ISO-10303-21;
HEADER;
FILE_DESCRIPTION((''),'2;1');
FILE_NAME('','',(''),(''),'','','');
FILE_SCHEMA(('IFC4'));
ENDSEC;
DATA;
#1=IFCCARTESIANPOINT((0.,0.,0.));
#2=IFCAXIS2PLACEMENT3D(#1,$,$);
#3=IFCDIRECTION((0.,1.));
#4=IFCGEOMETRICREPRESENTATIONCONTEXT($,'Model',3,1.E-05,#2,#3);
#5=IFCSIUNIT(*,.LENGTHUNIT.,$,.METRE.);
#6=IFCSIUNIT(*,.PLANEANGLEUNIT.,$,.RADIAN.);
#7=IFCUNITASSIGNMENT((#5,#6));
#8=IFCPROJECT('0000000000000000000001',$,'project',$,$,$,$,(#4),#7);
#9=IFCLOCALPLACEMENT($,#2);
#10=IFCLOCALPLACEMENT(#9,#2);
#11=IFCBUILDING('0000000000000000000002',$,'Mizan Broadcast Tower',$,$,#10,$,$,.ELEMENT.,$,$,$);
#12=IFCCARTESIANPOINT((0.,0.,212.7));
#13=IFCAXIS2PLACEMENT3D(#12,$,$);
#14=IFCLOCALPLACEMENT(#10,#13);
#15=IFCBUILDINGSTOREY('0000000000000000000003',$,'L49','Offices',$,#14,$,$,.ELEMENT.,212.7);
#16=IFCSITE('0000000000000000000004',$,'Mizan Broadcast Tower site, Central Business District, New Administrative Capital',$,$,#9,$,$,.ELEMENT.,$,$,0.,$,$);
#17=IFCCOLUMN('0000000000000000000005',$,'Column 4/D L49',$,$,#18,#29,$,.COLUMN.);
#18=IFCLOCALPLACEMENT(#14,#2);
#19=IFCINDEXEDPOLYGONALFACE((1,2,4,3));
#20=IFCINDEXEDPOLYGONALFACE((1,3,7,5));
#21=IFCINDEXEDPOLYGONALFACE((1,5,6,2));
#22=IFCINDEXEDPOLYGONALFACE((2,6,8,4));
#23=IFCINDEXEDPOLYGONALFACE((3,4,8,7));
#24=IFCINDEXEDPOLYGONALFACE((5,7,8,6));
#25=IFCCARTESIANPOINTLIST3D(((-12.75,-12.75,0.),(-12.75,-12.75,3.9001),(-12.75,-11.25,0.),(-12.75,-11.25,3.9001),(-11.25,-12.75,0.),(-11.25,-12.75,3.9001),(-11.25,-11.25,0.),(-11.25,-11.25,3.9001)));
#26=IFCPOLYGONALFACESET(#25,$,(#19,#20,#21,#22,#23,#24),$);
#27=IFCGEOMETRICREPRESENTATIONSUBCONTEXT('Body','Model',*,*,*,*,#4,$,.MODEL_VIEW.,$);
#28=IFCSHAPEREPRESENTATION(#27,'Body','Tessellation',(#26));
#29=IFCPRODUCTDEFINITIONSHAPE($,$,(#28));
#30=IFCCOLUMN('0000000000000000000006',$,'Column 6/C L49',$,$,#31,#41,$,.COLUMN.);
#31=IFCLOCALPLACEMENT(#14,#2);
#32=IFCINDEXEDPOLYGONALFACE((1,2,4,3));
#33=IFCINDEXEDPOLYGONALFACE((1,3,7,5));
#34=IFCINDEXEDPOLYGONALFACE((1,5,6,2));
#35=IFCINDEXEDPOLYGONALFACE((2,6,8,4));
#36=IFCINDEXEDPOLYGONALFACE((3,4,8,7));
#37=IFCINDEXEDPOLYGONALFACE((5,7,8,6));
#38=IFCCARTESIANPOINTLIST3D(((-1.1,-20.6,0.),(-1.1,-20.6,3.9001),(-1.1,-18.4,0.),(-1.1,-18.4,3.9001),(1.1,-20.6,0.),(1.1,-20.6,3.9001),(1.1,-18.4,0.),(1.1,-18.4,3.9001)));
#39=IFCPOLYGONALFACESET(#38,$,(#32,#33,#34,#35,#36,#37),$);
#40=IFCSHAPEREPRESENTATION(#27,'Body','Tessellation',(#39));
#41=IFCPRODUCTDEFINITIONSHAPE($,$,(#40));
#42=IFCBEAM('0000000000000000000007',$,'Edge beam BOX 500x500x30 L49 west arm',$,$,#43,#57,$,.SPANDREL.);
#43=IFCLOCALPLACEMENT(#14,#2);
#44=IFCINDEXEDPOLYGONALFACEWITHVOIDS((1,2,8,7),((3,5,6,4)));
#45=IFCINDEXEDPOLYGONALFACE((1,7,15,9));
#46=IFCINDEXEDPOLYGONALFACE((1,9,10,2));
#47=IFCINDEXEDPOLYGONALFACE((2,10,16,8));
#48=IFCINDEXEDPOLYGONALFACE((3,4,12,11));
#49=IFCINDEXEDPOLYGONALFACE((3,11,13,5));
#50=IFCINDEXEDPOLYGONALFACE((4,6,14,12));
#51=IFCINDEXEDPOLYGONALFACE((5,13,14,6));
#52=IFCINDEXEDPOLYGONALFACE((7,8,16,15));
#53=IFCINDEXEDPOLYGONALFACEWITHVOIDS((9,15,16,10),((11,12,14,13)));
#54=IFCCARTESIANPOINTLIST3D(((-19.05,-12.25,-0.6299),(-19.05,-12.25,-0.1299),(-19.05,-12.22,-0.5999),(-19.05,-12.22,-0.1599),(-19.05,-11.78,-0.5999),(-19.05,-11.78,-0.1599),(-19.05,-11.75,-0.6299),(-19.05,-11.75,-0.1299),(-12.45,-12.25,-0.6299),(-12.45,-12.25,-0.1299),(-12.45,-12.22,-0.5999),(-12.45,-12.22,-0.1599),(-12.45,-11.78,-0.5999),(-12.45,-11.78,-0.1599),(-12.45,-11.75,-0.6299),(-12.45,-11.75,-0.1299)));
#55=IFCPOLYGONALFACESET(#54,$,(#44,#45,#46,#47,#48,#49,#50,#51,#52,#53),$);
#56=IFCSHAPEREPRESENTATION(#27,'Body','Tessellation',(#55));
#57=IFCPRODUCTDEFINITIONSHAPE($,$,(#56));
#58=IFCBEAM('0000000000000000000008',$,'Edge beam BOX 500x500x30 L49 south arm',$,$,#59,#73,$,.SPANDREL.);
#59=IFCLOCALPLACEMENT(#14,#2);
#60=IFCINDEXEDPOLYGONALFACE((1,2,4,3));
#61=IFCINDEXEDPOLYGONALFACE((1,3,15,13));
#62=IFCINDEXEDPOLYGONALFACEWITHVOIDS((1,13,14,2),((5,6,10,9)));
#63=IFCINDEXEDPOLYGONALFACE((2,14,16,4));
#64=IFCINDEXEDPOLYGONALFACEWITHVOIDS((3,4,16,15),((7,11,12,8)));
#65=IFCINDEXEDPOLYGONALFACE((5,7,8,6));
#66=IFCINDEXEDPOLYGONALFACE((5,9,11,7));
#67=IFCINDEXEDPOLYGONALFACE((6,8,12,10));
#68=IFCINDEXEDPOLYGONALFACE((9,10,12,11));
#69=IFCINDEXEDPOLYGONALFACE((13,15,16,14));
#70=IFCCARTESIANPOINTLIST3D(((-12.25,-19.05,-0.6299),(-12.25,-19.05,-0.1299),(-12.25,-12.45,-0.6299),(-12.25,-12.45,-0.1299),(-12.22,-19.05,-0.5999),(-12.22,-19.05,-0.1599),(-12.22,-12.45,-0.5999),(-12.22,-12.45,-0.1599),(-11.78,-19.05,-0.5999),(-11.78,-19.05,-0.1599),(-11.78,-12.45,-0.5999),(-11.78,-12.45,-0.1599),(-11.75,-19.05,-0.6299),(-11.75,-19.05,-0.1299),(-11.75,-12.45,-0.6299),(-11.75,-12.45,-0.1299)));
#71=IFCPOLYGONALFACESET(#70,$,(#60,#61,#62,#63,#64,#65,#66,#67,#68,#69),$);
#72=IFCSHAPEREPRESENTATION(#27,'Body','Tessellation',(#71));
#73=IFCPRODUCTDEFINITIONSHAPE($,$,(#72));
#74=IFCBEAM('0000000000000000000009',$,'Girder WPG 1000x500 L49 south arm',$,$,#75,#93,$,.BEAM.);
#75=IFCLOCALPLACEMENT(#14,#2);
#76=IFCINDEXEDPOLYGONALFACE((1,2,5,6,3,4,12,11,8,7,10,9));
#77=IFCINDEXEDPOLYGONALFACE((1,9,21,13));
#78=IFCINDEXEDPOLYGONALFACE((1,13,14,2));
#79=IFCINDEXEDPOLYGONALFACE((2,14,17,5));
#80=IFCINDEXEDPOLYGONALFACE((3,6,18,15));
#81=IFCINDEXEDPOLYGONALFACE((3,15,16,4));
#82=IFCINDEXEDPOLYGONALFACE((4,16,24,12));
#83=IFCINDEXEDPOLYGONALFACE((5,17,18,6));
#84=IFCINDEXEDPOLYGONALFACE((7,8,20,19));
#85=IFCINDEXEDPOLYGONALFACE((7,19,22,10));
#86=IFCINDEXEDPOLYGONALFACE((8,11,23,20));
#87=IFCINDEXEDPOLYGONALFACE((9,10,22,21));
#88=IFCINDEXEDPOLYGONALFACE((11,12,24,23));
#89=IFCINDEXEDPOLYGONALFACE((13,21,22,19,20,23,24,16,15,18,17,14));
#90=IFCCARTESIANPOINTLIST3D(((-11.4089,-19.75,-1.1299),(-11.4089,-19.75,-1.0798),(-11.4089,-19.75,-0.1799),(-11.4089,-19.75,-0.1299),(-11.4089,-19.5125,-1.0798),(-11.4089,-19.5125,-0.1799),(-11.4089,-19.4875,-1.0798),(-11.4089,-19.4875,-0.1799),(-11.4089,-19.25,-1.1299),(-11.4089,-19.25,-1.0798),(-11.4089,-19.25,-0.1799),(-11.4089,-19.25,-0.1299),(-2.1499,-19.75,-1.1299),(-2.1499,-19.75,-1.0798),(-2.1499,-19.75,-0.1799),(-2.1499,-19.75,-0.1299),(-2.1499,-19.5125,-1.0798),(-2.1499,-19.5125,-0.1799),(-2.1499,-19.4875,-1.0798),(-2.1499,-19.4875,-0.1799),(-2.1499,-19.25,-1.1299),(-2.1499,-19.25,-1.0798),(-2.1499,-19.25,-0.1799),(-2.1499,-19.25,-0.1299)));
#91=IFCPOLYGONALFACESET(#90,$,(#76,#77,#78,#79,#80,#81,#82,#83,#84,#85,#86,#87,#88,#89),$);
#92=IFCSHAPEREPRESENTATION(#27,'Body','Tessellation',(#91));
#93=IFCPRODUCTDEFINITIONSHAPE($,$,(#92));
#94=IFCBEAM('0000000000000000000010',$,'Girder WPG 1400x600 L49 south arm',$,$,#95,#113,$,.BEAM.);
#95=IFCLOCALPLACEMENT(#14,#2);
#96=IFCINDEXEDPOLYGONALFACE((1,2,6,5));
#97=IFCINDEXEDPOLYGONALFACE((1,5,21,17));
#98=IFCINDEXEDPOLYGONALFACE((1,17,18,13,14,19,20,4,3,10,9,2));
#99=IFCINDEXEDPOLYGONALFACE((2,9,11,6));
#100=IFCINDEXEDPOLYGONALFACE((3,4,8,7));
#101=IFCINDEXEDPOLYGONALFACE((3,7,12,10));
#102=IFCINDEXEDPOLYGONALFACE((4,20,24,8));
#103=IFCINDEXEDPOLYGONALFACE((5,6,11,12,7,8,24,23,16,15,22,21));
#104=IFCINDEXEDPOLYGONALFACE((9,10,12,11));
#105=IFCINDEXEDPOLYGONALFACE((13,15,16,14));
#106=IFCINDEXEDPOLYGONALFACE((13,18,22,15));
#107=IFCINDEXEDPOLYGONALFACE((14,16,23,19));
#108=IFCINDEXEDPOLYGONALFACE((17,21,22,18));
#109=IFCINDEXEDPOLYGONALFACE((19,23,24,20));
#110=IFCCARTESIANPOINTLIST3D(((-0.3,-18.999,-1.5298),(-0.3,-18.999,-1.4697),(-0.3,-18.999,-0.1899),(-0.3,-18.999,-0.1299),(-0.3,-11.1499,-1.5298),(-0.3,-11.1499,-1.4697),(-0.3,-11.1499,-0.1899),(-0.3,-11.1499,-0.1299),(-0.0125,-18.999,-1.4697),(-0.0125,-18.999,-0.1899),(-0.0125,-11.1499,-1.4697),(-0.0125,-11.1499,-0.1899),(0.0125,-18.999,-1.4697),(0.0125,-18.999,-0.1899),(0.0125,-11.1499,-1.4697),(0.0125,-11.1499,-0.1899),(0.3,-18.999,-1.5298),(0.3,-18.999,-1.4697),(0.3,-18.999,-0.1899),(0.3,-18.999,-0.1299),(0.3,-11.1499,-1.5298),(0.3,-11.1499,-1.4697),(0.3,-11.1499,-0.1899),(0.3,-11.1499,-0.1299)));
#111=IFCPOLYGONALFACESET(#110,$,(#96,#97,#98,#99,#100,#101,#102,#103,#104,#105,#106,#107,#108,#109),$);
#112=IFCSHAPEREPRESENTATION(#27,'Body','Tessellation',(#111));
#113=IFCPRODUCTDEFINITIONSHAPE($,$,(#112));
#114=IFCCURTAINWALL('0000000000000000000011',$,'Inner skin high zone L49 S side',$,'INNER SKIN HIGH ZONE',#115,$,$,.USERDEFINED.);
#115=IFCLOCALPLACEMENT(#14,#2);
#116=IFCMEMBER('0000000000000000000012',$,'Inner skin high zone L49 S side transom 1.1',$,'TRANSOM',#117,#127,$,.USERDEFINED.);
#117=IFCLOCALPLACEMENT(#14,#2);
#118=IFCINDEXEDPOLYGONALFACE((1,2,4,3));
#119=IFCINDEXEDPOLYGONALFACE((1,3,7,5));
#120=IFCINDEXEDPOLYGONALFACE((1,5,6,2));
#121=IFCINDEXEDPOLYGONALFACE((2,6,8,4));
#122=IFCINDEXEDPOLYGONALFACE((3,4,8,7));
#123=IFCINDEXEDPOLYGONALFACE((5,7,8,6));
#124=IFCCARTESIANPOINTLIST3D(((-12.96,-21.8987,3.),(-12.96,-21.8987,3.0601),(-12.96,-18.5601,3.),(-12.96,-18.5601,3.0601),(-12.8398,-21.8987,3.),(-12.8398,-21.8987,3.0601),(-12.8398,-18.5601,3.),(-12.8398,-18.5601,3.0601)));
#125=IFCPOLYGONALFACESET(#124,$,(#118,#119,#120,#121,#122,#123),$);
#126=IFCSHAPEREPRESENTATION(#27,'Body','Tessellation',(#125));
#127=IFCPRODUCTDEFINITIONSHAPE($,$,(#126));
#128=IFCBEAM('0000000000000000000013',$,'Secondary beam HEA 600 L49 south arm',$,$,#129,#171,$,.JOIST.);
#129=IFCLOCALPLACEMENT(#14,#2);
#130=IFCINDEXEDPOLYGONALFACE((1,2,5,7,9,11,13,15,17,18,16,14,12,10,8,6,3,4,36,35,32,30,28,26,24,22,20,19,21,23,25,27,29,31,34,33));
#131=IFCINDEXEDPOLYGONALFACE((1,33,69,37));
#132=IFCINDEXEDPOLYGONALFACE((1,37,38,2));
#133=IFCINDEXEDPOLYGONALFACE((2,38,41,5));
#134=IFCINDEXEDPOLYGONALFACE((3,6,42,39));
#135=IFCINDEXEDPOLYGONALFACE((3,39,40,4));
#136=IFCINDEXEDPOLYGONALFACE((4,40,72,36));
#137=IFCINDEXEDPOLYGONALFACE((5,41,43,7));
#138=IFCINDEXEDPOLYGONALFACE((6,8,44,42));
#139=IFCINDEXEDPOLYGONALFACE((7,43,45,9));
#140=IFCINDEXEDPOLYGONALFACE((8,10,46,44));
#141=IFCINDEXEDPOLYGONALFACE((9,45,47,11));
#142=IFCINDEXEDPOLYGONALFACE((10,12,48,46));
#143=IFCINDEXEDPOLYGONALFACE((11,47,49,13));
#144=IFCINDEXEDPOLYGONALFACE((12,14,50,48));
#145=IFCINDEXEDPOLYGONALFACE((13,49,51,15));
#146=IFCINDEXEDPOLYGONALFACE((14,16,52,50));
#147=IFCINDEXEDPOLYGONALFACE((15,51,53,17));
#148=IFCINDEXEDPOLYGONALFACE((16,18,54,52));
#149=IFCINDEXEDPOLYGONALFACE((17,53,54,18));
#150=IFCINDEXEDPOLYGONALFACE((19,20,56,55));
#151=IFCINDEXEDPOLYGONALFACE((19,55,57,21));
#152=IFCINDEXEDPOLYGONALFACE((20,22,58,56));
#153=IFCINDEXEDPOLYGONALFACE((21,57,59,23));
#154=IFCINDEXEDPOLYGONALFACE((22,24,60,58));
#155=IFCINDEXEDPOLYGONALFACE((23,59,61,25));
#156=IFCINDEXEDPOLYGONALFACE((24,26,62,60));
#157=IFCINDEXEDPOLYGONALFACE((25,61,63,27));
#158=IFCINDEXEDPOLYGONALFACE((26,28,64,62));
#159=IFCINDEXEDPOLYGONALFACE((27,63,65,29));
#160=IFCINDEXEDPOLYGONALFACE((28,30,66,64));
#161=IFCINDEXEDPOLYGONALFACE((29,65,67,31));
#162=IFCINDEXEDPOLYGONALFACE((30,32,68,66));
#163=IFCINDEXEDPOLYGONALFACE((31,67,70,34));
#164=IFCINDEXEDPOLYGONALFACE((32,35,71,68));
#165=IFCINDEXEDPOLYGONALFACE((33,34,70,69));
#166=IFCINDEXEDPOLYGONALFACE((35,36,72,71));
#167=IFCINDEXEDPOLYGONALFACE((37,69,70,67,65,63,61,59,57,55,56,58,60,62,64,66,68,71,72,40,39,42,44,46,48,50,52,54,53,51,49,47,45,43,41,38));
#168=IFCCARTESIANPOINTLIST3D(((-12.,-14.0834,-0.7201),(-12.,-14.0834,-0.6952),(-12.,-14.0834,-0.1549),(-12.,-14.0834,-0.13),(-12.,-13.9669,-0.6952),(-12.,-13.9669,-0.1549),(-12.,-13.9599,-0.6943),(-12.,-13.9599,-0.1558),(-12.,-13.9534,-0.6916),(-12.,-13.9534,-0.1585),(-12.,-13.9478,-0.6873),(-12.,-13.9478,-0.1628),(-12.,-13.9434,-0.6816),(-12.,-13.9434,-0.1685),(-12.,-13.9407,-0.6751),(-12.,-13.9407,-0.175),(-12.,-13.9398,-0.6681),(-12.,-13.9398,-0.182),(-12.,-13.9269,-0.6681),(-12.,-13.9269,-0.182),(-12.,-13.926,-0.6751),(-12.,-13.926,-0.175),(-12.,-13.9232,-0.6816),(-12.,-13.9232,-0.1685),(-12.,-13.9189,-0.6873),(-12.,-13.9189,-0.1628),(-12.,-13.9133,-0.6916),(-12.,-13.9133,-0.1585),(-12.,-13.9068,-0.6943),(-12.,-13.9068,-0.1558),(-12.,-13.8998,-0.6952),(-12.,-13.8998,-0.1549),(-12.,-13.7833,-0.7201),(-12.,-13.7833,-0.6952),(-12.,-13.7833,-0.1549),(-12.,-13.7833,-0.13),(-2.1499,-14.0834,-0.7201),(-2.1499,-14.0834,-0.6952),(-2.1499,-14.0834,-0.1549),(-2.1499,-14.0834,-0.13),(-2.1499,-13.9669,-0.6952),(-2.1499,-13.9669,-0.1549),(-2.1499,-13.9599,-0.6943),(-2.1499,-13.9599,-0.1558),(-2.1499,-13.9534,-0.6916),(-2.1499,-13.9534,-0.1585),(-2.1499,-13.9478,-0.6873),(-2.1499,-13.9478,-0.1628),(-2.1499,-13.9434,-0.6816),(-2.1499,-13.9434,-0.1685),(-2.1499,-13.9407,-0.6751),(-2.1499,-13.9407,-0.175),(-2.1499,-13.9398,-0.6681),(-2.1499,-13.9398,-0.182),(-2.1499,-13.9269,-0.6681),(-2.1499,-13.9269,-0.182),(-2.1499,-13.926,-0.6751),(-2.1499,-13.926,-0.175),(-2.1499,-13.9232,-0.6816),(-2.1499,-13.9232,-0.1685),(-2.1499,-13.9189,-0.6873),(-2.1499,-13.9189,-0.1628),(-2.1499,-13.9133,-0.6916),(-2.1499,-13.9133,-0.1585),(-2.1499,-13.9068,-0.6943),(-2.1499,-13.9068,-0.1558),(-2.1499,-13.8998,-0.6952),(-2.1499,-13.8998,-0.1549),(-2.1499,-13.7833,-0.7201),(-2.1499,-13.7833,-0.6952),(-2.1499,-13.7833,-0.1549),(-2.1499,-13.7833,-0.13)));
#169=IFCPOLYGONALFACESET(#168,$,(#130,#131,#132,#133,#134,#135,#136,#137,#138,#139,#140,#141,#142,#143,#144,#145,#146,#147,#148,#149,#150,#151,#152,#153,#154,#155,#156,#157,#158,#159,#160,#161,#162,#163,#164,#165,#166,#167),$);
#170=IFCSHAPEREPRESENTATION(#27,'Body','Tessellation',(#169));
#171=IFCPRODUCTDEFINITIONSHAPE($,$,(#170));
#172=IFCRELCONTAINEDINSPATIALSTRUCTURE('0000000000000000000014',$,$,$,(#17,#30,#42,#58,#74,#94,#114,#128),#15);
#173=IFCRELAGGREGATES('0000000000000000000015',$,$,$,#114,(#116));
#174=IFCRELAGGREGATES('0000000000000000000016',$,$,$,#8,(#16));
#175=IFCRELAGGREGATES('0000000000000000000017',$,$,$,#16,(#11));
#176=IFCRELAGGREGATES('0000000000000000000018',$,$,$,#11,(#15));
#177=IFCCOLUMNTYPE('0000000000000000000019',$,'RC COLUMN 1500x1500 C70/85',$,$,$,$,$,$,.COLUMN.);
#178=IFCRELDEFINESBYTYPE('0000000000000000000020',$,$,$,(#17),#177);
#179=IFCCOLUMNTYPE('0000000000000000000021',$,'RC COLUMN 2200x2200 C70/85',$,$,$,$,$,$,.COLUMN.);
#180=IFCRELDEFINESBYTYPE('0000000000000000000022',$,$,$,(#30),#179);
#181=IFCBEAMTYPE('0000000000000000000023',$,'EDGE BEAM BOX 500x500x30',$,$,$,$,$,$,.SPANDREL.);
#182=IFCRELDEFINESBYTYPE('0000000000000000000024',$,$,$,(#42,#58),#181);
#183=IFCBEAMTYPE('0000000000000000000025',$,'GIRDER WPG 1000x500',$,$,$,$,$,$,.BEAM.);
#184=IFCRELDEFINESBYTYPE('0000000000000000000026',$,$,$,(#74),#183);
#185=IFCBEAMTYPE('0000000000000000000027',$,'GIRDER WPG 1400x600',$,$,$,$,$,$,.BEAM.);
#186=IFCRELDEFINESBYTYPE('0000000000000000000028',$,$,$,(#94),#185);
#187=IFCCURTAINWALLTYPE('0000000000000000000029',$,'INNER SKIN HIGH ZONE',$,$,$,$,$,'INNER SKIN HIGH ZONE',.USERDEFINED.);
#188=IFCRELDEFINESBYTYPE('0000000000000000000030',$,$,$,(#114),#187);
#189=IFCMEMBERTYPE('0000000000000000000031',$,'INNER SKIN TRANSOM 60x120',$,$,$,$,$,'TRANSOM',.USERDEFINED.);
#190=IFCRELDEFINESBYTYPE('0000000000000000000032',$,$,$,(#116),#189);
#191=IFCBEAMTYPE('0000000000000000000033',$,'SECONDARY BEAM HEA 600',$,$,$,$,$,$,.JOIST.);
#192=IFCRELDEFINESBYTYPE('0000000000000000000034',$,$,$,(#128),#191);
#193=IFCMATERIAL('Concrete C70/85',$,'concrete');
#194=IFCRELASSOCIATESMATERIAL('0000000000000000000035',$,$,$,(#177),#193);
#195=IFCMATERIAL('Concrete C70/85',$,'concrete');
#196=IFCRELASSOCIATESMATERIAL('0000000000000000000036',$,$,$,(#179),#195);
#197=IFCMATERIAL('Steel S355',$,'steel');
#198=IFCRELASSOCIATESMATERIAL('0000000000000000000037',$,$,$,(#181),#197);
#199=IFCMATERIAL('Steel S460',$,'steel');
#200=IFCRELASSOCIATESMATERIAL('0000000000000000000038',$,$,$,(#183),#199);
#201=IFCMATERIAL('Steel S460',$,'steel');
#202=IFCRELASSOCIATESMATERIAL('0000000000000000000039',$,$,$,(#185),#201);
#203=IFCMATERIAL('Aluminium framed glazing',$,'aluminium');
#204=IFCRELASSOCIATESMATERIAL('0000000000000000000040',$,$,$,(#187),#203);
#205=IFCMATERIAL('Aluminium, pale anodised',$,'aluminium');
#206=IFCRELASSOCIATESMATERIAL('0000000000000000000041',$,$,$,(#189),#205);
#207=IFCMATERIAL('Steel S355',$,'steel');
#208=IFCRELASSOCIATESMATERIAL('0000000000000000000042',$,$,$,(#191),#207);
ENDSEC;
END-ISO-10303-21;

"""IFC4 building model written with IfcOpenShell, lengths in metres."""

from ifc_helpers import new_model, si_unit, direction, frame, origin, origin_2d, place, context, subcontext, project, spatial, rectangle, hollow_rectangle, i_section, extrude, material, material_profile, profile_set, type_object, element, aggregate, save


model = new_model("IFC4")

# Units and contexts
model_context = context("Model", 3, precision=1e-05, world=origin(), true_north=direction((0.0, 1.0)))
body_context = subcontext(model_context, "Body", "Model", "MODEL_VIEW")
ifc_project = project(units=[si_unit("LENGTHUNIT", "METRE"), si_unit("PLANEANGLEUNIT", "RADIAN")], contexts=[model_context])

# Site, building, storey
site_placement = place(None, origin())
site = spatial("IfcSite", under=ifc_project, at=site_placement, Name="Mizan Broadcast Tower site, Central Business District, New Administrative Capital", CompositionType="ELEMENT", RefElevation=0.0)
building_placement = place(site_placement, origin())
building = spatial("IfcBuilding", under=site, at=building_placement, Name="Mizan Broadcast Tower", CompositionType="ELEMENT")
storey_placement = place(building_placement, frame((0.0, 0.0, 212.7)))
storey = spatial("IfcBuildingStorey", under=building, at=storey_placement, Name="L49", Description="Offices", CompositionType="ELEMENT", Elevation=212.7)

# Columns
ifc_material_1 = material(Name="Concrete C70/85", Category="concrete")
ifc_material_profile_1 = material_profile(ifc_material_1, rectangle(XDim=1.5, YDim=1.5, at=origin_2d()), Name="RC 1500x1500")
ifc_profile_set_1 = profile_set([ifc_material_profile_1], Name="Concrete C70/85")
column_type_1 = type_object("IfcColumnType", Name="RC COLUMN 1500x1500 C70/85", PredefinedType="COLUMN", material=ifc_profile_set_1)
column_1_placement = place(storey_placement, frame((-12.0, -12.0, 0.0), z_axis=(0.0, 0.0, 1.0), x_axis=(1.0, 0.0, 0.0)))
element("IfcColumn", 1, at=column_1_placement, inside=storey, type_object=column_type_1, Name="Column 4/D L49", PredefinedType="COLUMN", context=body_context, shape_type="SweptSolid", body=[
    extrude(rectangle(XDim=1.5, YDim=1.5, at=origin_2d()), origin(), (0.0, 0.0, 1.0), 3.9001),
])
ifc_material_2 = material(Name="Concrete C70/85", Category="concrete")
ifc_material_profile_2 = material_profile(ifc_material_2, rectangle(XDim=2.2, YDim=2.2, at=origin_2d()), Name="RC 2200x2200")
ifc_profile_set_2 = profile_set([ifc_material_profile_2], Name="Concrete C70/85")
column_type_2 = type_object("IfcColumnType", Name="RC COLUMN 2200x2200 C70/85", PredefinedType="COLUMN", material=ifc_profile_set_2)
column_2_placement = place(storey_placement, frame((0.0, -19.5, 0.0), z_axis=(0.0, 0.0, 1.0), x_axis=(1.0, 0.0, 0.0)))
element("IfcColumn", 2, at=column_2_placement, inside=storey, type_object=column_type_2, Name="Column 6/C L49", PredefinedType="COLUMN", context=body_context, shape_type="SweptSolid", body=[
    extrude(rectangle(XDim=2.2, YDim=2.2, at=origin_2d()), origin(), (0.0, 0.0, 1.0), 3.9001),
])

# Beams
ifc_material_3 = material(Name="Steel S355", Category="steel")
ifc_material_profile_3 = material_profile(ifc_material_3, hollow_rectangle(XDim=0.5, YDim=0.5, WallThickness=0.03, at=origin_2d()), Name="BOX 500x500x30")
ifc_profile_set_3 = profile_set([ifc_material_profile_3], Name="Steel S355")
beam_type_1 = type_object("IfcBeamType", Name="EDGE BEAM BOX 500x500x30", PredefinedType="SPANDREL", material=ifc_profile_set_3)
for number, where, z_axis, x_axis, name in (
    (3, (-12.45, -12.0, -0.3799), (-1.0, 0.0, 0.0), (0.0, -1.0, 0.0), "Edge beam BOX 500x500x30 L49 west arm"),
    (4, (-12.0, -12.45, -0.3799), (0.0, -1.0, 0.0), (1.0, 0.0, 0.0), "Edge beam BOX 500x500x30 L49 south arm"),
):
    element("IfcBeam", number, at=place(storey_placement, frame(where, z_axis=z_axis, x_axis=x_axis)), inside=storey, type_object=beam_type_1, Name=name, PredefinedType="SPANDREL", context=body_context, shape_type="SweptSolid", body=[
        extrude(hollow_rectangle(XDim=0.5, YDim=0.5, WallThickness=0.03, at=origin_2d()), origin(), (0.0, 0.0, 1.0), 6.6001),
    ])
ifc_material_4 = material(Name="Steel S460", Category="steel")
ifc_material_profile_4 = material_profile(ifc_material_4, i_section(OverallWidth=0.5, OverallDepth=1.0, WebThickness=0.0249, FlangeThickness=0.05, at=origin_2d()), Name="WPG 1000x500")
ifc_profile_set_4 = profile_set([ifc_material_profile_4], Name="Steel S460")
beam_type_2 = type_object("IfcBeamType", Name="GIRDER WPG 1000x500", PredefinedType="BEAM", material=ifc_profile_set_4)
beam_1_placement = place(storey_placement, frame((-11.4089, -19.5, -0.6299), z_axis=(1.0, 0.0, 0.0), x_axis=(0.0, 1.0, 0.0)))
element("IfcBeam", 5, at=beam_1_placement, inside=storey, type_object=beam_type_2, Name="Girder WPG 1000x500 L49 south arm", PredefinedType="BEAM", context=body_context, shape_type="SweptSolid", body=[
    extrude(i_section(OverallWidth=0.5, OverallDepth=1.0, WebThickness=0.0249, FlangeThickness=0.05, at=origin_2d()), origin(), (0.0, 0.0, 1.0), 9.259),
])
ifc_material_5 = material(Name="Steel S460", Category="steel")
ifc_material_profile_5 = material_profile(ifc_material_5, i_section(OverallWidth=0.6001, OverallDepth=1.3999, WebThickness=0.0249, FlangeThickness=0.0601, at=origin_2d()), Name="WPG 1400x600")
ifc_profile_set_5 = profile_set([ifc_material_profile_5], Name="Steel S460")
beam_type_3 = type_object("IfcBeamType", Name="GIRDER WPG 1400x600", PredefinedType="BEAM", material=ifc_profile_set_5)
beam_2_placement = place(storey_placement, frame((0.0, -11.1499, -0.8298), z_axis=(0.0, -1.0, 0.0), x_axis=(1.0, 0.0, 0.0)))
element("IfcBeam", 6, at=beam_2_placement, inside=storey, type_object=beam_type_3, Name="Girder WPG 1400x600 L49 south arm", PredefinedType="BEAM", context=body_context, shape_type="SweptSolid", body=[
    extrude(i_section(OverallWidth=0.6001, OverallDepth=1.3999, WebThickness=0.0249, FlangeThickness=0.0601, at=origin_2d()), origin(), (0.0, 0.0, 1.0), 7.8491),
])

# Curtain wall, member
ifc_material_6 = material(Name="Aluminium framed glazing", Category="aluminium")
curtain_wall_type = type_object("IfcCurtainWallType", Name="INNER SKIN HIGH ZONE", ElementType="INNER SKIN HIGH ZONE", PredefinedType="USERDEFINED", material=ifc_material_6)
curtain_wall_placement = place(storey_placement, origin())
curtain_wall = element("IfcCurtainWall", 7, at=curtain_wall_placement, inside=storey, type_object=curtain_wall_type, Name="Inner skin high zone L49 S side", ObjectType="INNER SKIN HIGH ZONE", PredefinedType="USERDEFINED")
ifc_material_7 = material(Name="Aluminium, pale anodised", Category="aluminium")
ifc_material_profile_6 = material_profile(ifc_material_7, rectangle(XDim=0.1201, YDim=0.0601, at=origin_2d()), Name="TRANSOM 120x60")
ifc_profile_set_6 = profile_set([ifc_material_profile_6], Name="Aluminium, pale anodised")
member_type = type_object("IfcMemberType", Name="INNER SKIN TRANSOM 60x120", ElementType="TRANSOM", PredefinedType="USERDEFINED", material=ifc_profile_set_6)
member_placement = place(storey_placement, frame((-12.8999, -18.5601, 3.03), z_axis=(0.0, -1.0, 0.0), x_axis=(1.0, 0.0, 0.0)))
member = element("IfcMember", 8, at=member_placement, type_object=member_type, Name="Inner skin high zone L49 S side transom 1.1", ObjectType="TRANSOM", PredefinedType="USERDEFINED", context=body_context, shape_type="SweptSolid", body=[
    extrude(rectangle(XDim=0.1201, YDim=0.0601, at=origin_2d()), origin(), (0.0, 0.0, 1.0), 3.3386),
])
aggregate(curtain_wall, [member])

# Beam
ifc_material_8 = material(Name="Steel S355", Category="steel")
ifc_material_profile_7 = material_profile(ifc_material_8, i_section(OverallWidth=0.3, OverallDepth=0.5901, WebThickness=0.0129, FlangeThickness=0.0249, FilletRadius=0.0271, at=origin_2d()), Name="HEA 600")
ifc_profile_set_7 = profile_set([ifc_material_profile_7], Name="Steel S355")
beam_type_4 = type_object("IfcBeamType", Name="SECONDARY BEAM HEA 600", PredefinedType="JOIST", material=ifc_profile_set_7)
for number, where, z_axis, x_axis, name in (
    (9, (-12.0, -13.9333, -0.425), (1.0, 0.0, 0.0), (0.0, 1.0, 0.0), "Secondary beam HEA 600 L49 south arm"),
):
    element("IfcBeam", number, at=place(storey_placement, frame(where, z_axis=z_axis, x_axis=x_axis)), inside=storey, type_object=beam_type_4, Name=name, PredefinedType="JOIST", context=body_context, shape_type="SweptSolid", body=[
        extrude(i_section(OverallWidth=0.3, OverallDepth=0.5901, WebThickness=0.0129, FlangeThickness=0.0249, FilletRadius=0.0271, at=origin_2d()), origin(), (0.0, 0.0, 1.0), 9.8501),
    ])

save(model, "model.ifc")
